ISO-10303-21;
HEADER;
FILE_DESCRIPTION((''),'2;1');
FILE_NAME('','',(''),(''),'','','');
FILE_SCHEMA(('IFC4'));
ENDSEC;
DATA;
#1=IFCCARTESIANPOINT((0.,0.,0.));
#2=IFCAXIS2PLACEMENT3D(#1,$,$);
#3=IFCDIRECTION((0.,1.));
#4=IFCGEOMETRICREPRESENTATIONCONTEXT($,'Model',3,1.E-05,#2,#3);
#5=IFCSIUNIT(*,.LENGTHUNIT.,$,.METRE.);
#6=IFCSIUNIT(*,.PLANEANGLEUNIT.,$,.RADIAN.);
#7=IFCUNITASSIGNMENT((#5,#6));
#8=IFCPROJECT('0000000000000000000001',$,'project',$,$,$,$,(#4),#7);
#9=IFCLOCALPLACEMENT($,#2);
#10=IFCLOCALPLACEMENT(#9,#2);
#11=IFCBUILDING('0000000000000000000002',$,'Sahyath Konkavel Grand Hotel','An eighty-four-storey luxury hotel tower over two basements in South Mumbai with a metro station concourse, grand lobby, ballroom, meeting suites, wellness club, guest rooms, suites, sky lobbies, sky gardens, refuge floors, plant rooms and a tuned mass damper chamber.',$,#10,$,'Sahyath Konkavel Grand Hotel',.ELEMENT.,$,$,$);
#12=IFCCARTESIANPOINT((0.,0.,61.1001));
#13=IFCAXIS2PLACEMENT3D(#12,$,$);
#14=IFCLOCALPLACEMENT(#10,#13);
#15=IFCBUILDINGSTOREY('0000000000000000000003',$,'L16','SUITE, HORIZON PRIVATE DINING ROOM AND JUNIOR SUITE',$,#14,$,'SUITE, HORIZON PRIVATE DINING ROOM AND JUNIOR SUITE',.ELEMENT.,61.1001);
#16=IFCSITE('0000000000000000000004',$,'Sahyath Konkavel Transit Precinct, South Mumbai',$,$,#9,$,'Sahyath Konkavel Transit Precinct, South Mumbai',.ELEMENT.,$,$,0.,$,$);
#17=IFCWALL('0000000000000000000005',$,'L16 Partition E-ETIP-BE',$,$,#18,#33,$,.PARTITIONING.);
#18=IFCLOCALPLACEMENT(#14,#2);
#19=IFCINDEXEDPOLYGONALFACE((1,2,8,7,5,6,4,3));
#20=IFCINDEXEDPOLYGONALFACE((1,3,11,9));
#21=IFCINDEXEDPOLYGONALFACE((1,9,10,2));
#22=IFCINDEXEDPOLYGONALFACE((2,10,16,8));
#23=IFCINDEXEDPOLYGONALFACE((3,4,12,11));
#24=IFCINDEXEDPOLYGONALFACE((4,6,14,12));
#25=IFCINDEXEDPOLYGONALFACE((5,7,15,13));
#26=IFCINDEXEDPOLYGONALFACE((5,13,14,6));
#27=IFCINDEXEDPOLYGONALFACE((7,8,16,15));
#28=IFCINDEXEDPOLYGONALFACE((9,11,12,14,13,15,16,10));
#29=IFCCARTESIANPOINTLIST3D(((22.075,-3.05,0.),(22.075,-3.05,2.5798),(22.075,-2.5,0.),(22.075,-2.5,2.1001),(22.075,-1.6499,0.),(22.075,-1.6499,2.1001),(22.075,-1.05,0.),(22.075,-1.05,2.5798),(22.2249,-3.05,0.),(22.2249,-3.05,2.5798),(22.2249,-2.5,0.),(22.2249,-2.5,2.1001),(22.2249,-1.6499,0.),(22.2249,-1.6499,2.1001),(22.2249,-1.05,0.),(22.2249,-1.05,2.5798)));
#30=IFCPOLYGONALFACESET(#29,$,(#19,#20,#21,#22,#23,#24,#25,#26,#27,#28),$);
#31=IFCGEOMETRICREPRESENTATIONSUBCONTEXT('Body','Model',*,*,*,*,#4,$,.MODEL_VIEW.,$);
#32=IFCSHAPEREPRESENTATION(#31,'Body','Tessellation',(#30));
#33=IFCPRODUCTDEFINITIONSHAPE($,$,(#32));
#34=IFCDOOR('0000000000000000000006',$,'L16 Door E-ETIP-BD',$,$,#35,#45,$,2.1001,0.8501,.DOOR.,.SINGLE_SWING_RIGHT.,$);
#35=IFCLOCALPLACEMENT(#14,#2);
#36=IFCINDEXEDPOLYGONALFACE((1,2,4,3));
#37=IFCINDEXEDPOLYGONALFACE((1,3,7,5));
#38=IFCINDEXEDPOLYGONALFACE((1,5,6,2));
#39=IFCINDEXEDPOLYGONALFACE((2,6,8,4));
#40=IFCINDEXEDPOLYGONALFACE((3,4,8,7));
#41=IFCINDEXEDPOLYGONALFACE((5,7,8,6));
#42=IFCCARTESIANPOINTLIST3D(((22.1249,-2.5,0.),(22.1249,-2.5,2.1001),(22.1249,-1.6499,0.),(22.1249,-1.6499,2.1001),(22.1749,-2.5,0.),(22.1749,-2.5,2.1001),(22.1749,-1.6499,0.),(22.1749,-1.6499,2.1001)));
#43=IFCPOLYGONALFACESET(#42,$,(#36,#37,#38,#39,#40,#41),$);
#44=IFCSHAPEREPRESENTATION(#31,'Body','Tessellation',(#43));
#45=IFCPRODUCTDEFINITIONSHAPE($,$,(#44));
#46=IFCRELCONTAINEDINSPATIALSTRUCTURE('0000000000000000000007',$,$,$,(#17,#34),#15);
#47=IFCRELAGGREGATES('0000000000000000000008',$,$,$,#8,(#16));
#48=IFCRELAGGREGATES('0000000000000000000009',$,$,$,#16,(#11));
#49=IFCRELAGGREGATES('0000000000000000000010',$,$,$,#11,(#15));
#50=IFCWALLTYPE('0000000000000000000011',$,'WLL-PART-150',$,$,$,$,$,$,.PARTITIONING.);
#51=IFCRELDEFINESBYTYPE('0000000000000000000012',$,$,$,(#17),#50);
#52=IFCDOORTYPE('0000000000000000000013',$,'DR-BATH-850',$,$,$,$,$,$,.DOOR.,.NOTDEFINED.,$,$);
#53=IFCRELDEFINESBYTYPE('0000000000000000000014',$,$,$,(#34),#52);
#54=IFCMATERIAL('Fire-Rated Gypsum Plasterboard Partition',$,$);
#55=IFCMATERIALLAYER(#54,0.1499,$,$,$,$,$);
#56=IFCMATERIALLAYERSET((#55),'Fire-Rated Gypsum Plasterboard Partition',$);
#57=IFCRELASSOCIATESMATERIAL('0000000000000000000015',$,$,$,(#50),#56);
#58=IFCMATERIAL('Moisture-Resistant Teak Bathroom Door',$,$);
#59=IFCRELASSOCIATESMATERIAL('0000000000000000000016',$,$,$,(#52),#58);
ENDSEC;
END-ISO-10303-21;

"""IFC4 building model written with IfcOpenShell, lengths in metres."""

from ifc_helpers import new_model, si_unit, direction, frame, frame_2d, origin, origin_2d, place, context, subcontext, project, spatial, rectangle, extrude, source, transform, mapped, material, layer, layer_set, type_object, element, fill, save


model = new_model("IFC4")

# Units and contexts
model_context = context("Model", 3, precision=1e-05, world=origin(), true_north=direction((0.0, 1.0)))
body_context = subcontext(model_context, "Body", "Model", "MODEL_VIEW")
ifc_project = project(units=[si_unit("LENGTHUNIT", "METRE"), si_unit("PLANEANGLEUNIT", "RADIAN")], contexts=[model_context])

# Site, building, storey
site_placement = place(None, origin())
site = spatial("IfcSite", under=ifc_project, at=site_placement, Name="Sahyath Konkavel Transit Precinct, South Mumbai", LongName="Sahyath Konkavel Transit Precinct, South Mumbai", CompositionType="ELEMENT", RefElevation=0.0)
building_placement = place(site_placement, origin())
building = spatial("IfcBuilding", under=site, at=building_placement, Name="Sahyath Konkavel Grand Hotel", Description="An eighty-four-storey luxury hotel tower over two basements in South Mumbai with a metro station concourse, grand lobby, ballroom, meeting suites, wellness club, guest rooms, suites, sky lobbies, sky gardens, refuge floors, plant rooms and a tuned mass damper chamber.", LongName="Sahyath Konkavel Grand Hotel", CompositionType="ELEMENT")
storey_placement = place(building_placement, frame((0.0, 0.0, 61.1001)))
storey = spatial("IfcBuildingStorey", under=building, at=storey_placement, Name="L16", Description="SUITE, HORIZON PRIVATE DINING ROOM AND JUNIOR SUITE", LongName="SUITE, HORIZON PRIVATE DINING ROOM AND JUNIOR SUITE", CompositionType="ELEMENT", Elevation=61.1001)

# Shared definitions
shared_shape_1 = source(origin(), body_context, "Body", "SweptSolid", [
    extrude(rectangle(XDim=0.8501, YDim=0.05, at=origin_2d()), origin(), (0.0, 0.0, 1.0), 2.1001),
])

# Shared definitions
ifc_material_1 = material(Name="Fire-Rated Gypsum Plasterboard Partition")
ifc_layer_1 = layer(ifc_material_1, 0.1499)
ifc_layer_set_1 = layer_set([ifc_layer_1], Name="Fire-Rated Gypsum Plasterboard Partition")
wall_type_1 = type_object("IfcWallType", Name="WLL-PART-150", PredefinedType="PARTITIONING", material=ifc_layer_set_1)

# Wall, opening, door
wall_1_placement = place(storey_placement, frame((22.1499, -3.05, 0.0), z_axis=(0.0, 0.0, 1.0), x_axis=(0.0, 1.0, 0.0)))
wall_1 = element("IfcWall", 1, at=wall_1_placement, inside=storey, type_object=wall_type_1, Name="L16 Partition E-ETIP-BE", PredefinedType="PARTITIONING", context=body_context, shape_type="SweptSolid", body=[
    extrude(rectangle(XDim=2.0, YDim=0.1499, at=frame_2d((1.0, 0.0))), origin(), (0.0, 0.0, 1.0), 2.5798),
])
opening_1_placement = place(wall_1_placement, frame((0.55, 0.0, 0.0)))
opening_1 = element("IfcOpeningElement", 2, at=opening_1_placement, cuts=wall_1, PredefinedType="OPENING", context=body_context, shape_type="SweptSolid", body=[
    extrude(rectangle(XDim=0.8501, YDim=2.1001, at=frame_2d((0.425, 1.05))), frame((0.0, 0.085, 0.0), z_axis=(0.0, -1.0, 0.0), x_axis=(1.0, 0.0, 0.0)), (0.0, 0.0, 1.0), 0.1699),
])
ifc_material_2 = material(Name="Moisture-Resistant Teak Bathroom Door")
door_type_1 = type_object("IfcDoorType", Name="DR-BATH-850", OperationType="NOTDEFINED", PredefinedType="DOOR", material=ifc_material_2)
door_1_placement = place(opening_1_placement, frame((0.425, 0.0, 0.0)))
door_1 = element("IfcDoor", 3, at=door_1_placement, inside=storey, type_object=door_type_1, Name="L16 Door E-ETIP-BD", OperationType="SINGLE_SWING_RIGHT", OverallHeight=2.1001, OverallWidth=0.8501, PredefinedType="DOOR", context=body_context, shape_type="MappedRepresentation", body=[
    mapped(shared_shape_1, transform((0.0, 0.0, 0.0), scale=1.0)),
])
fill(opening_1, door_1)

save(model, "model.ifc")
